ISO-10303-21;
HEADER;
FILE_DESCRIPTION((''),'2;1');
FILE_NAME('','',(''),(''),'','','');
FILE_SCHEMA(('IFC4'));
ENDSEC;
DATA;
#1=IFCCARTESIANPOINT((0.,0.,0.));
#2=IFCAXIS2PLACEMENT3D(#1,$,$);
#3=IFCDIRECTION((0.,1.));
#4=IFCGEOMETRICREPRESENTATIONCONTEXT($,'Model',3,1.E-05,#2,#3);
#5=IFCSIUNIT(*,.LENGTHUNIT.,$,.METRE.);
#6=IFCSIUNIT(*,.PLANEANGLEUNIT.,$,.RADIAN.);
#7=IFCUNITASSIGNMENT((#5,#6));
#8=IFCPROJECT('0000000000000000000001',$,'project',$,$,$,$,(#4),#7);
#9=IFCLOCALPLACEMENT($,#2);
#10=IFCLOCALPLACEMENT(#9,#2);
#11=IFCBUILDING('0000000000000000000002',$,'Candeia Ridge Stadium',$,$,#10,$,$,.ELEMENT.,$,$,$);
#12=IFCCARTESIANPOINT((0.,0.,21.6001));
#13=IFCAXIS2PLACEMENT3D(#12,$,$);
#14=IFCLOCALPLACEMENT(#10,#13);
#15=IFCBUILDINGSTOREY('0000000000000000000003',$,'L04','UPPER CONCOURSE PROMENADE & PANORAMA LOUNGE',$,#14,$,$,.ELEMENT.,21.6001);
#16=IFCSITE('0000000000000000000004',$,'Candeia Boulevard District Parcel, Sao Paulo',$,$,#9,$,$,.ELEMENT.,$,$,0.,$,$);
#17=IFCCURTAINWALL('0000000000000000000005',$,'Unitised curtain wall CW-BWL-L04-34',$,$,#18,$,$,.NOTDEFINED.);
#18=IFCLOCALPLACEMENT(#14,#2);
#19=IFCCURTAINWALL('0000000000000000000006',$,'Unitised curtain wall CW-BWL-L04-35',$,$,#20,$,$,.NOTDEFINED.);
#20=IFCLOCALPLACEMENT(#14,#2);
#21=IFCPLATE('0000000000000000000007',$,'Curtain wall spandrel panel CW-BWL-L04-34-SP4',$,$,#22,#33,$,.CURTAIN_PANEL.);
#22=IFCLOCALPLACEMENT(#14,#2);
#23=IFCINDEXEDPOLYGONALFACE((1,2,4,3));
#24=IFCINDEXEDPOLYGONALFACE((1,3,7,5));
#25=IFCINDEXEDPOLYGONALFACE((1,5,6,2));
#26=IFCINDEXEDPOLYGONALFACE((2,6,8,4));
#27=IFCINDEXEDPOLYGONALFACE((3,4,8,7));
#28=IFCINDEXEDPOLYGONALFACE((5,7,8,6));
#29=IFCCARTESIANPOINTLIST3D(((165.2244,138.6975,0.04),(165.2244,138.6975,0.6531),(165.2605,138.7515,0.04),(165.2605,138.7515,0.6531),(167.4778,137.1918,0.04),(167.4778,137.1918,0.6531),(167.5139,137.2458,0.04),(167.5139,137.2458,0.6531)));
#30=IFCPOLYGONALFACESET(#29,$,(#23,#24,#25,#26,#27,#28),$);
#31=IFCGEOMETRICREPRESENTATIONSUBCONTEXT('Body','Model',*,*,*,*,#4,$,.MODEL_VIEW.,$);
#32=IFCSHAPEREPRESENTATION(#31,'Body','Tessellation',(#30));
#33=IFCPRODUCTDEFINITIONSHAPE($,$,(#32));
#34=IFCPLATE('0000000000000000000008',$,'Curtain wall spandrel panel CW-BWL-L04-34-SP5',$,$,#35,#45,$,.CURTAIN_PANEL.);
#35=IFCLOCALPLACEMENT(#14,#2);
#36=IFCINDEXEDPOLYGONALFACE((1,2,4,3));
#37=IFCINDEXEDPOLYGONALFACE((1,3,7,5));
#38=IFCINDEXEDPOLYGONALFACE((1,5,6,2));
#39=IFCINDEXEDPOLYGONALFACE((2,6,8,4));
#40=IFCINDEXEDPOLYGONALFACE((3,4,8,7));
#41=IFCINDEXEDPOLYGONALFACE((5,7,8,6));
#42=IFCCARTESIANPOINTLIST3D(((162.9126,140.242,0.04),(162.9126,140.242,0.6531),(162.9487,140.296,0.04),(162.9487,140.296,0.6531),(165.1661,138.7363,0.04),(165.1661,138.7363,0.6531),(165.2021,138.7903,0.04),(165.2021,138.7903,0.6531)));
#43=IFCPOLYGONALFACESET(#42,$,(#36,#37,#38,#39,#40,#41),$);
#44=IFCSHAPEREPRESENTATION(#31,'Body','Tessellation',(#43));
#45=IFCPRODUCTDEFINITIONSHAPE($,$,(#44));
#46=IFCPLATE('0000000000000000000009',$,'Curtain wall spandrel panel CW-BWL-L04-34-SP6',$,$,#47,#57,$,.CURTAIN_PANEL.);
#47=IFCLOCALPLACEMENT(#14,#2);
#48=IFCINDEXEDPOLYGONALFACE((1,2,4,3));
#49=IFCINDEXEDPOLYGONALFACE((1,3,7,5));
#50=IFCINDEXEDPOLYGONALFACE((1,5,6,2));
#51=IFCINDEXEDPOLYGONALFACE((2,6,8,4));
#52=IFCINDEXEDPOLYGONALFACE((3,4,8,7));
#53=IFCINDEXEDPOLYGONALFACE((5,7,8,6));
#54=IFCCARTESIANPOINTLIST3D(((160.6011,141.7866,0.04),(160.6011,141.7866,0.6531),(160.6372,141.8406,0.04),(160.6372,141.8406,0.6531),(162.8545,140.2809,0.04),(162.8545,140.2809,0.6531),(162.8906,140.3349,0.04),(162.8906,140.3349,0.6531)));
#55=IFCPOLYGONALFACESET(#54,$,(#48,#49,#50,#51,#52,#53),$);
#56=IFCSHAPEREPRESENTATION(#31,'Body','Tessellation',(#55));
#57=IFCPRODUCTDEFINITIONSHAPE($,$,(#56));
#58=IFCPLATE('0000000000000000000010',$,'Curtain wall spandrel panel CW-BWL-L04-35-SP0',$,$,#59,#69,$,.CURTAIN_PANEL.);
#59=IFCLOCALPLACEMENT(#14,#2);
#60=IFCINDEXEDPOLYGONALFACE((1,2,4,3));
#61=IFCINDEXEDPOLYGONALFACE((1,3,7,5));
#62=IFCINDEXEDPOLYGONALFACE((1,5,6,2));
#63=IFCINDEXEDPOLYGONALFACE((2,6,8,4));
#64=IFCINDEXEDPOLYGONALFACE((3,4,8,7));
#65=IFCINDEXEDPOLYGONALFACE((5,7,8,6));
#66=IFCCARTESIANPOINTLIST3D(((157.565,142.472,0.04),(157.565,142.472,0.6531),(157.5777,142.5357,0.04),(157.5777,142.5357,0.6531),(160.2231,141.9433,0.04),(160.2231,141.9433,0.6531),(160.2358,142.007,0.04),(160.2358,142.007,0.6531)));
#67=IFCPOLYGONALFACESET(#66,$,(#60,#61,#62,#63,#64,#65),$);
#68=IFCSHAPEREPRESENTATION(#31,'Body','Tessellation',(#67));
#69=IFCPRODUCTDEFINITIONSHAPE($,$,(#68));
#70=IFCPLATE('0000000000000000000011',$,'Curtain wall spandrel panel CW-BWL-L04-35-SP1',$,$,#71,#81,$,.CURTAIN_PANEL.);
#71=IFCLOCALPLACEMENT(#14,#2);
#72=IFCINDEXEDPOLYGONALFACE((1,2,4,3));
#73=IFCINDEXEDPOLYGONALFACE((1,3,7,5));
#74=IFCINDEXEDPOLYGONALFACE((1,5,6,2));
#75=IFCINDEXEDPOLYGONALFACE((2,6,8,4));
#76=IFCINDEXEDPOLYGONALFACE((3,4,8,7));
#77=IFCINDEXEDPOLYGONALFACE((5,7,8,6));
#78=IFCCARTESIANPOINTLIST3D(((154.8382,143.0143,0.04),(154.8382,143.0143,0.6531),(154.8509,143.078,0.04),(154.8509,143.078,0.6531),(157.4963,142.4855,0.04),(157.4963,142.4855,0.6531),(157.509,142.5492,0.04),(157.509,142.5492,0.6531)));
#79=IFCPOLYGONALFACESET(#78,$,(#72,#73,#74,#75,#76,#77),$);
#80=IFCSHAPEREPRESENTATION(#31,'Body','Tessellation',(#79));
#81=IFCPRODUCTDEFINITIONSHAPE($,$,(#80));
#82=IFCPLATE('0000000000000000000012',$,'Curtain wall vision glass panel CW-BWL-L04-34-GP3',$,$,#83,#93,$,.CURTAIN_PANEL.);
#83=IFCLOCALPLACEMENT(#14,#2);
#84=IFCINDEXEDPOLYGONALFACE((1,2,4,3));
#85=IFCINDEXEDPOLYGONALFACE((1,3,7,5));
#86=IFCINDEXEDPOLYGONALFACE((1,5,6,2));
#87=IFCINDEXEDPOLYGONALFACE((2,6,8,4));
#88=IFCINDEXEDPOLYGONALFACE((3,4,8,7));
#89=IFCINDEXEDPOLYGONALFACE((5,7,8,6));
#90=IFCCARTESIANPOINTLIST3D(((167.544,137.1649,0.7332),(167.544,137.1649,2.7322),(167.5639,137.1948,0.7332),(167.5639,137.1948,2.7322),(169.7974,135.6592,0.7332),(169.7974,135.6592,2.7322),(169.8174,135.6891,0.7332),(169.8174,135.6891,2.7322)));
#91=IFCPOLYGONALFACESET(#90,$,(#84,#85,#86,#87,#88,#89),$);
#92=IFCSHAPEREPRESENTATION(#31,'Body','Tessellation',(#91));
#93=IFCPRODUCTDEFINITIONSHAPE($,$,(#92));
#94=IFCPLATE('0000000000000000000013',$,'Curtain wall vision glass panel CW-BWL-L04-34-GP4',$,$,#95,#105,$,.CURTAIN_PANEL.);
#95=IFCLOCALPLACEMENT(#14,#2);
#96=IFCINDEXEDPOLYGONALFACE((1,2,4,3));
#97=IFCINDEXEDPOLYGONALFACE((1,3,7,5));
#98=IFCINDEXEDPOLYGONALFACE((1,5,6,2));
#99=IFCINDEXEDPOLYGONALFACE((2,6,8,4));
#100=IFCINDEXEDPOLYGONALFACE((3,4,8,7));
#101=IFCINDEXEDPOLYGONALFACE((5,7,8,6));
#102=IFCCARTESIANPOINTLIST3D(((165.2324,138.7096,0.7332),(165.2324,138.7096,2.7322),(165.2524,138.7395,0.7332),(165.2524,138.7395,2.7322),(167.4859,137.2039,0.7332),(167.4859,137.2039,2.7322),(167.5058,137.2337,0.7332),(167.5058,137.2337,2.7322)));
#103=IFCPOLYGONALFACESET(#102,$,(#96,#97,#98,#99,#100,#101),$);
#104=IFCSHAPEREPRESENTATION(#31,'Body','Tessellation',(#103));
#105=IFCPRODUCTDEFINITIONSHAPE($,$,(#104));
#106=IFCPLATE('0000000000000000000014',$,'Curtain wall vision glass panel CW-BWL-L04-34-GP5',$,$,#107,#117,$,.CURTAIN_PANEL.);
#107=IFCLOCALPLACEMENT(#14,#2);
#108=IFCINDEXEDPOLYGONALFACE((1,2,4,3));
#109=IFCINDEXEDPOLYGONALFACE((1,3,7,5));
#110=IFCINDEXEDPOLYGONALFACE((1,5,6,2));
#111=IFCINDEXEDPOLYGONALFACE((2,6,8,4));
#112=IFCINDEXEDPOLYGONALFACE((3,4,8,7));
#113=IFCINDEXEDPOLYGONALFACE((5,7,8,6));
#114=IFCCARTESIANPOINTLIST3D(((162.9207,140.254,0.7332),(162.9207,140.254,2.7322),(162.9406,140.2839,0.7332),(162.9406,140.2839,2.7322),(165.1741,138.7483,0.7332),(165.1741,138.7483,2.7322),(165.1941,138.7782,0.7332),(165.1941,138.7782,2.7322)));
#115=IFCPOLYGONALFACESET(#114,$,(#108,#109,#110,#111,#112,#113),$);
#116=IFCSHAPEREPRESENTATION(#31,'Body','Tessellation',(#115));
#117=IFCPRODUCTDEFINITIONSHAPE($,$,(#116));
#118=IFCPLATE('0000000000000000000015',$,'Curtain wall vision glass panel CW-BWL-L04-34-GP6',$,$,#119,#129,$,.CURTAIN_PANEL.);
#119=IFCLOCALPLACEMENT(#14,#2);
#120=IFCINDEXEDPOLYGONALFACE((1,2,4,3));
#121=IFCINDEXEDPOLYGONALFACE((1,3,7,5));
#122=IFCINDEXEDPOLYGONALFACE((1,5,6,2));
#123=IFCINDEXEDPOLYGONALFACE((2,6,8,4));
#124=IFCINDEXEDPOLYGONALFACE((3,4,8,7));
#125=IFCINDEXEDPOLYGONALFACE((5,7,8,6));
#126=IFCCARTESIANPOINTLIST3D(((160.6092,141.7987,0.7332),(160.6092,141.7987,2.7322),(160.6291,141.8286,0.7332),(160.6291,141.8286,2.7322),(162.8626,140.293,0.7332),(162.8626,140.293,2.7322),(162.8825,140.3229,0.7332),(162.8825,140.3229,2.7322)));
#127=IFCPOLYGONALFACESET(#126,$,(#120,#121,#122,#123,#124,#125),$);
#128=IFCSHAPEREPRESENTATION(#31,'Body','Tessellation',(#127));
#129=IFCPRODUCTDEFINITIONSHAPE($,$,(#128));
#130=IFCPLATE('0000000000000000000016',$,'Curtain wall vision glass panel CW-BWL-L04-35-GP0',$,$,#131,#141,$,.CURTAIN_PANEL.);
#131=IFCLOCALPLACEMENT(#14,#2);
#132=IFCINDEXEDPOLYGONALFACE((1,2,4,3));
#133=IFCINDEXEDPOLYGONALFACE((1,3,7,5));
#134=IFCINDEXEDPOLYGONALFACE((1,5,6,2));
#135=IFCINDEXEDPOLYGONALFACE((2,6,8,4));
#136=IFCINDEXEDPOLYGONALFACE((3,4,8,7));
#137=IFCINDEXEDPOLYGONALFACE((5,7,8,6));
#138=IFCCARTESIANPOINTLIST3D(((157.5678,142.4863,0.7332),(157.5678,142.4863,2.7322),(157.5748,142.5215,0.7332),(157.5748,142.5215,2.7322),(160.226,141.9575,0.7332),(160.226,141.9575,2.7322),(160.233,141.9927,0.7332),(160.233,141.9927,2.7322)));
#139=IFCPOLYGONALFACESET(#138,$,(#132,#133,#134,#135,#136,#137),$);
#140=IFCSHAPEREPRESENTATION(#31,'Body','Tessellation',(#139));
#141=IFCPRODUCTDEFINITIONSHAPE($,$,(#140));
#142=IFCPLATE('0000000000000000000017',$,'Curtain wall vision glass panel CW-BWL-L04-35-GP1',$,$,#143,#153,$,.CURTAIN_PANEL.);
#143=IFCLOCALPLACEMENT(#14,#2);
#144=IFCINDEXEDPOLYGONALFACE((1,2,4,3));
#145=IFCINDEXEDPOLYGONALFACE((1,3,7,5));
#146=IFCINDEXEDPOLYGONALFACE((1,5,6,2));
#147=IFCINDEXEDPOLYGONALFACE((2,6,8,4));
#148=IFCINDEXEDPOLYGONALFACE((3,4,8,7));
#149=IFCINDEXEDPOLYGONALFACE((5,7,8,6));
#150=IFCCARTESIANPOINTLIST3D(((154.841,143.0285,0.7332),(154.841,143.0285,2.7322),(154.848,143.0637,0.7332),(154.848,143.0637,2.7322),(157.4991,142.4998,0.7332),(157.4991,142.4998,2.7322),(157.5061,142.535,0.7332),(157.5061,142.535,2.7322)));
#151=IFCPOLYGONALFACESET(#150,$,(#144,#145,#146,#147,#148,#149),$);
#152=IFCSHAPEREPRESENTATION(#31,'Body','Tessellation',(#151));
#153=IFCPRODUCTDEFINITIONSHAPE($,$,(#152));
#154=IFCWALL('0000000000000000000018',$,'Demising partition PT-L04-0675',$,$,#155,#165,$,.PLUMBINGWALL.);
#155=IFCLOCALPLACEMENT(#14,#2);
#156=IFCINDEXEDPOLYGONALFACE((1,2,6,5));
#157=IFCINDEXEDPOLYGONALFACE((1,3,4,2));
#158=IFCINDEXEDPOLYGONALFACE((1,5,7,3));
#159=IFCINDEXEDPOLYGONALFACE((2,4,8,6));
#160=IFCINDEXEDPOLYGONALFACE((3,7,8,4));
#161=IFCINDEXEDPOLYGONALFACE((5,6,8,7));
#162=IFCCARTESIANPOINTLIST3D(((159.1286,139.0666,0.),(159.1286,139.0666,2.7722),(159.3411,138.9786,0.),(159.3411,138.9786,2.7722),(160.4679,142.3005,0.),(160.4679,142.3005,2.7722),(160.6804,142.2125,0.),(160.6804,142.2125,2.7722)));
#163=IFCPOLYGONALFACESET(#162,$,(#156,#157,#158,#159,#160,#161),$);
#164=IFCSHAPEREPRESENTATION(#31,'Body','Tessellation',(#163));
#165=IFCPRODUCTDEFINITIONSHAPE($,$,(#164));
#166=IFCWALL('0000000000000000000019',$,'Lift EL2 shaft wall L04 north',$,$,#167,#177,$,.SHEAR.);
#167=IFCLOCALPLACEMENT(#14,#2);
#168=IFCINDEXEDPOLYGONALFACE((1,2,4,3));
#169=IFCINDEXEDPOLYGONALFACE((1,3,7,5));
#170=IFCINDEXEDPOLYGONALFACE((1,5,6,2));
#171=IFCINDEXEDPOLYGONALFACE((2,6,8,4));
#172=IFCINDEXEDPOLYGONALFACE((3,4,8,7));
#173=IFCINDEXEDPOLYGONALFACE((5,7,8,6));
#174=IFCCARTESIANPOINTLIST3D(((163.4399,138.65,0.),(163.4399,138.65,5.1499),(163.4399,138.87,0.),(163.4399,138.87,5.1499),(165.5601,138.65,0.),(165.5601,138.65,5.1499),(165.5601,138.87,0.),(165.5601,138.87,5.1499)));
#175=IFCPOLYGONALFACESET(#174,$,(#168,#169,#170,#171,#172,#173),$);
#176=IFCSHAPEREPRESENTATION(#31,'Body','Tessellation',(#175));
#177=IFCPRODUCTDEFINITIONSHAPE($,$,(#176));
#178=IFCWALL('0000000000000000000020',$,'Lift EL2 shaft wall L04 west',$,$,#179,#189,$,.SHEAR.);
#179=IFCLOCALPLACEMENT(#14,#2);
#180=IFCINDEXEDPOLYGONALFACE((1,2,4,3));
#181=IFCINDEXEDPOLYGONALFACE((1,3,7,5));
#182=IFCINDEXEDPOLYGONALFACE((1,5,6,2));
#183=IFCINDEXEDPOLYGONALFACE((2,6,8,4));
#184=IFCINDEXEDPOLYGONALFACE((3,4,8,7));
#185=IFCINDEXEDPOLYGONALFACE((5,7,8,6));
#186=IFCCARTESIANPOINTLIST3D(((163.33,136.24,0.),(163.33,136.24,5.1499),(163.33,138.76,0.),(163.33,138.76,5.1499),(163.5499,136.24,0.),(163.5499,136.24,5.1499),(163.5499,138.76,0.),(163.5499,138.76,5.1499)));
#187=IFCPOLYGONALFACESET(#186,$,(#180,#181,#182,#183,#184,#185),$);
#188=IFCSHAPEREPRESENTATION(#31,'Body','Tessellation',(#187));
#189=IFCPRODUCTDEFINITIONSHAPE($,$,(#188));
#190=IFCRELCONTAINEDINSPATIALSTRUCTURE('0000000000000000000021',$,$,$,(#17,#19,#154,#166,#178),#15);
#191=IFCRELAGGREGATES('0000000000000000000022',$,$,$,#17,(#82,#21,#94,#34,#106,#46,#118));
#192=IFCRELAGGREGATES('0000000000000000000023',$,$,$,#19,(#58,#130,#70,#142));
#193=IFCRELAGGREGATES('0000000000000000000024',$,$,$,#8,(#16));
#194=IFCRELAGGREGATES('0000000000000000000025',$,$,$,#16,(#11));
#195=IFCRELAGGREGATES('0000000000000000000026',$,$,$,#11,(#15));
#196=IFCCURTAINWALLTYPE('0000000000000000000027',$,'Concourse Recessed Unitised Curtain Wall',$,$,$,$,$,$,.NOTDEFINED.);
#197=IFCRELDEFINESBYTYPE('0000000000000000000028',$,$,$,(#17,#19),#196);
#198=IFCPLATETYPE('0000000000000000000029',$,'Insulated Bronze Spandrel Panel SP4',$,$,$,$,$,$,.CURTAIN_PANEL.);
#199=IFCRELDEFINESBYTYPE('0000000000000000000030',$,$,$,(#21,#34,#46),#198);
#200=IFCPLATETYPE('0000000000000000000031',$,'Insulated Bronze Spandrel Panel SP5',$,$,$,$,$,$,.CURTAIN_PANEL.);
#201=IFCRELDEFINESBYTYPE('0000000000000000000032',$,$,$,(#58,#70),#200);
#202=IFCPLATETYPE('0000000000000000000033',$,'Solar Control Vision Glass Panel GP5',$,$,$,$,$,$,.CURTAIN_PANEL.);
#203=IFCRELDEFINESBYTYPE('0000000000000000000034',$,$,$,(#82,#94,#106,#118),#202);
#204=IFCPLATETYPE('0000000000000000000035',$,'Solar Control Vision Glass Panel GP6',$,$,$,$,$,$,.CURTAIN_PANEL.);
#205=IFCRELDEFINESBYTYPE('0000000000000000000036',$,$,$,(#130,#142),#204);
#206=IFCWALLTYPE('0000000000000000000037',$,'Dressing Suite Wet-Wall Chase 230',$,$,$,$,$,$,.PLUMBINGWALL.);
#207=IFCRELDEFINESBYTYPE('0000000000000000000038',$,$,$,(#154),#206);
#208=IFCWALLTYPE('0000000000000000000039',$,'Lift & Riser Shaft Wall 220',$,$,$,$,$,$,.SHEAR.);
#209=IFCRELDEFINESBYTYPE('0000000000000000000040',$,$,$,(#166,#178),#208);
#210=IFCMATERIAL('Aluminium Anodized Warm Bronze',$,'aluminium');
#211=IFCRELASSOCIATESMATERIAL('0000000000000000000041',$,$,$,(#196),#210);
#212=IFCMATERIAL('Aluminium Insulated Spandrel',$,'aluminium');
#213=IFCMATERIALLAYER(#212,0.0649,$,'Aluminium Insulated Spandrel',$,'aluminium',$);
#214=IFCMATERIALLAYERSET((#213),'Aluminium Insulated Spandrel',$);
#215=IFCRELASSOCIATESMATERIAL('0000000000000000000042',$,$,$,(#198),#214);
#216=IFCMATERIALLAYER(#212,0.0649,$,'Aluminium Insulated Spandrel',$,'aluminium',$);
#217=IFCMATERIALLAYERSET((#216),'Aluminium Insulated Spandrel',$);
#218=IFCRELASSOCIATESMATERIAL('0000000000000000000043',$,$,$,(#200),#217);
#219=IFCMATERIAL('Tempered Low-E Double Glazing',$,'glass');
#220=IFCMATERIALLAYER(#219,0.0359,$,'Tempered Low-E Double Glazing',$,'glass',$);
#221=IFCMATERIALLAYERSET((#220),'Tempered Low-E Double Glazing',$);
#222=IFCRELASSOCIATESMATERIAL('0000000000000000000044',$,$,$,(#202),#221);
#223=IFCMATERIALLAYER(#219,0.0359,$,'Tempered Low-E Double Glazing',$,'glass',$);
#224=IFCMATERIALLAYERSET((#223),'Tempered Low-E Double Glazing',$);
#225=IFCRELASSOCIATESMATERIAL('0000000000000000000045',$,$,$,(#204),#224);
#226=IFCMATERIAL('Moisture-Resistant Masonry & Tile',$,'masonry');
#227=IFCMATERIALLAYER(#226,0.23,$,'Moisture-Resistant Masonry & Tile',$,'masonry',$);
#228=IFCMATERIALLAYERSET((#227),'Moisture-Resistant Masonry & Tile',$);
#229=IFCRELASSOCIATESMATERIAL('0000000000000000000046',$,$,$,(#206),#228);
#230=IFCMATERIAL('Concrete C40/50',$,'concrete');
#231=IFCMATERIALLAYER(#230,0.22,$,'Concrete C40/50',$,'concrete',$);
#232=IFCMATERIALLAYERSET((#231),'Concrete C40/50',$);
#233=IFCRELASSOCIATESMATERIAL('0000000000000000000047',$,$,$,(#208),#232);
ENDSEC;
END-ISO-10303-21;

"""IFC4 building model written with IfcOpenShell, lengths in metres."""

from ifc_helpers import new_model, si_unit, direction, frame, frame_2d, origin, origin_2d, place, context, subcontext, project, spatial, rectangle, extrude, material, layer, layer_set, type_object, element, aggregate, save


model = new_model("IFC4")

# Units and contexts
model_context = context("Model", 3, precision=1e-05, world=origin(), true_north=direction((0.0, 1.0)))
body_context = subcontext(model_context, "Body", "Model", "MODEL_VIEW")
ifc_project = project(units=[si_unit("LENGTHUNIT", "METRE"), si_unit("PLANEANGLEUNIT", "RADIAN")], contexts=[model_context])

# Site, building, storey
site_placement = place(None, origin())
site = spatial("IfcSite", under=ifc_project, at=site_placement, Name="Candeia Boulevard District Parcel, Sao Paulo", CompositionType="ELEMENT", RefElevation=0.0)
building_placement = place(site_placement, origin())
building = spatial("IfcBuilding", under=site, at=building_placement, Name="Candeia Ridge Stadium", CompositionType="ELEMENT")
storey_placement = place(building_placement, frame((0.0, 0.0, 21.6001)))
storey = spatial("IfcBuildingStorey", under=building, at=storey_placement, Name="L04", Description="UPPER CONCOURSE PROMENADE & PANORAMA LOUNGE", CompositionType="ELEMENT", Elevation=21.6001)

# Curtain walls
ifc_material_1 = material(Name="Aluminium Anodized Warm Bronze", Category="aluminium")
curtain_wall_type = type_object("IfcCurtainWallType", Name="Concourse Recessed Unitised Curtain Wall", PredefinedType="NOTDEFINED", material=ifc_material_1)
curtain_wall_1_placement = place(storey_placement, origin())
curtain_wall_1 = element("IfcCurtainWall", 1, at=curtain_wall_1_placement, inside=storey, type_object=curtain_wall_type, Name="Unitised curtain wall CW-BWL-L04-34", PredefinedType="NOTDEFINED")
curtain_wall_2_placement = place(storey_placement, origin())
curtain_wall_2 = element("IfcCurtainWall", 2, at=curtain_wall_2_placement, inside=storey, type_object=curtain_wall_type, Name="Unitised curtain wall CW-BWL-L04-35", PredefinedType="NOTDEFINED")

# Shared definitions
ifc_material_2 = material(Name="Concrete C40/50", Category="concrete")

# Plates
ifc_material_3 = material(Name="Aluminium Insulated Spandrel", Category="aluminium")
ifc_layer_1 = layer(ifc_material_3, 0.0649, Name="Aluminium Insulated Spandrel", Category="aluminium")
ifc_layer_set_1 = layer_set([ifc_layer_1], Name="Aluminium Insulated Spandrel")
plate_type_1 = type_object("IfcPlateType", Name="Insulated Bronze Spandrel Panel SP4", PredefinedType="CURTAIN_PANEL", material=ifc_layer_set_1)
plate_1_placement = place(storey_placement, frame((166.3691, 137.9717, 0.04), z_axis=(0.0, 0.0, 1.0), x_axis=(-0.831469, 0.555571, 0.0)))
plate_1 = element("IfcPlate", 3, at=plate_1_placement, type_object=plate_type_1, Name="Curtain wall spandrel panel CW-BWL-L04-34-SP4", PredefinedType="CURTAIN_PANEL", context=body_context, shape_type="SweptSolid", body=[
    extrude(rectangle(XDim=2.7102, YDim=0.0649, at=origin_2d()), origin(), (0.0, 0.0, 1.0), 0.613),
])
plate_2_placement = place(storey_placement, frame((164.0574, 139.5161, 0.04), z_axis=(0.0, 0.0, 1.0), x_axis=(-0.831469, 0.555571, 0.0)))
plate_2 = element("IfcPlate", 4, at=plate_2_placement, type_object=plate_type_1, Name="Curtain wall spandrel panel CW-BWL-L04-34-SP5", PredefinedType="CURTAIN_PANEL", context=body_context, shape_type="SweptSolid", body=[
    extrude(rectangle(XDim=2.7102, YDim=0.0649, at=origin_2d()), origin(), (0.0, 0.0, 1.0), 0.613),
])
plate_3_placement = place(storey_placement, frame((161.7458, 141.0608, 0.04), z_axis=(0.0, 0.0, 1.0), x_axis=(-0.831469, 0.555571, 0.0)))
plate_3 = element("IfcPlate", 5, at=plate_3_placement, type_object=plate_type_1, Name="Curtain wall spandrel panel CW-BWL-L04-34-SP6", PredefinedType="CURTAIN_PANEL", context=body_context, shape_type="SweptSolid", body=[
    extrude(rectangle(XDim=2.7102, YDim=0.0649, at=origin_2d()), origin(), (0.0, 0.0, 1.0), 0.613),
])
ifc_layer_2 = layer(ifc_material_3, 0.0649, Name="Aluminium Insulated Spandrel", Category="aluminium")
ifc_layer_set_2 = layer_set([ifc_layer_2], Name="Aluminium Insulated Spandrel")
plate_type_2 = type_object("IfcPlateType", Name="Insulated Bronze Spandrel Panel SP5", PredefinedType="CURTAIN_PANEL", material=ifc_layer_set_2)
plate_4_placement = place(storey_placement, frame((158.9004, 142.2395, 0.04), z_axis=(0.0, 0.0, 1.0), x_axis=(-0.980785, 0.19509, 0.0)))
plate_4 = element("IfcPlate", 6, at=plate_4_placement, type_object=plate_type_2, Name="Curtain wall spandrel panel CW-BWL-L04-35-SP0", PredefinedType="CURTAIN_PANEL", context=body_context, shape_type="SweptSolid", body=[
    extrude(rectangle(XDim=2.7102, YDim=0.0649, at=origin_2d()), origin(), (0.0, 0.0, 1.0), 0.613),
])
plate_5_placement = place(storey_placement, frame((156.1736, 142.7817, 0.04), z_axis=(0.0, 0.0, 1.0), x_axis=(-0.980785, 0.19509, 0.0)))
plate_5 = element("IfcPlate", 7, at=plate_5_placement, type_object=plate_type_2, Name="Curtain wall spandrel panel CW-BWL-L04-35-SP1", PredefinedType="CURTAIN_PANEL", context=body_context, shape_type="SweptSolid", body=[
    extrude(rectangle(XDim=2.7102, YDim=0.0649, at=origin_2d()), origin(), (0.0, 0.0, 1.0), 0.613),
])
ifc_material_4 = material(Name="Tempered Low-E Double Glazing", Category="glass")
ifc_layer_3 = layer(ifc_material_4, 0.0359, Name="Tempered Low-E Double Glazing", Category="glass")
ifc_layer_set_3 = layer_set([ifc_layer_3], Name="Tempered Low-E Double Glazing")
plate_type_3 = type_object("IfcPlateType", Name="Solar Control Vision Glass Panel GP5", PredefinedType="CURTAIN_PANEL", material=ifc_layer_set_3)
plate_6_placement = place(storey_placement, frame((168.6807, 136.427, 0.7332), z_axis=(0.0, 0.0, 1.0), x_axis=(-0.831469, 0.555571, 0.0)))
plate_6 = element("IfcPlate", 8, at=plate_6_placement, type_object=plate_type_3, Name="Curtain wall vision glass panel CW-BWL-L04-34-GP3", PredefinedType="CURTAIN_PANEL", context=body_context, shape_type="SweptSolid", body=[
    extrude(rectangle(XDim=2.7102, YDim=0.0359, at=origin_2d()), origin(), (0.0, 0.0, 1.0), 1.999),
])
plate_7_placement = place(storey_placement, frame((166.3691, 137.9717, 0.7332), z_axis=(0.0, 0.0, 1.0), x_axis=(-0.831469, 0.555571, 0.0)))
plate_7 = element("IfcPlate", 9, at=plate_7_placement, type_object=plate_type_3, Name="Curtain wall vision glass panel CW-BWL-L04-34-GP4", PredefinedType="CURTAIN_PANEL", context=body_context, shape_type="SweptSolid", body=[
    extrude(rectangle(XDim=2.7102, YDim=0.0359, at=origin_2d()), origin(), (0.0, 0.0, 1.0), 1.999),
])
plate_8_placement = place(storey_placement, frame((164.0574, 139.5161, 0.7332), z_axis=(0.0, 0.0, 1.0), x_axis=(-0.831469, 0.555571, 0.0)))
plate_8 = element("IfcPlate", 10, at=plate_8_placement, type_object=plate_type_3, Name="Curtain wall vision glass panel CW-BWL-L04-34-GP5", PredefinedType="CURTAIN_PANEL", context=body_context, shape_type="SweptSolid", body=[
    extrude(rectangle(XDim=2.7102, YDim=0.0359, at=origin_2d()), origin(), (0.0, 0.0, 1.0), 1.999),
])
plate_9_placement = place(storey_placement, frame((161.7458, 141.0608, 0.7332), z_axis=(0.0, 0.0, 1.0), x_axis=(-0.831469, 0.555571, 0.0)))
plate_9 = element("IfcPlate", 11, at=plate_9_placement, type_object=plate_type_3, Name="Curtain wall vision glass panel CW-BWL-L04-34-GP6", PredefinedType="CURTAIN_PANEL", context=body_context, shape_type="SweptSolid", body=[
    extrude(rectangle(XDim=2.7102, YDim=0.0359, at=origin_2d()), origin(), (0.0, 0.0, 1.0), 1.999),
])
aggregate(curtain_wall_1, [plate_6, plate_1, plate_7, plate_2, plate_8, plate_3, plate_9])
ifc_layer_4 = layer(ifc_material_4, 0.0359, Name="Tempered Low-E Double Glazing", Category="glass")
ifc_layer_set_4 = layer_set([ifc_layer_4], Name="Tempered Low-E Double Glazing")
plate_type_4 = type_object("IfcPlateType", Name="Solar Control Vision Glass Panel GP6", PredefinedType="CURTAIN_PANEL", material=ifc_layer_set_4)
plate_10_placement = place(storey_placement, frame((158.9004, 142.2395, 0.7332), z_axis=(0.0, 0.0, 1.0), x_axis=(-0.980785, 0.19509, 0.0)))
plate_10 = element("IfcPlate", 12, at=plate_10_placement, type_object=plate_type_4, Name="Curtain wall vision glass panel CW-BWL-L04-35-GP0", PredefinedType="CURTAIN_PANEL", context=body_context, shape_type="SweptSolid", body=[
    extrude(rectangle(XDim=2.7102, YDim=0.0359, at=origin_2d()), origin(), (0.0, 0.0, 1.0), 1.999),
])
plate_11_placement = place(storey_placement, frame((156.1736, 142.7817, 0.7332), z_axis=(0.0, 0.0, 1.0), x_axis=(-0.980785, 0.19509, 0.0)))
plate_11 = element("IfcPlate", 13, at=plate_11_placement, type_object=plate_type_4, Name="Curtain wall vision glass panel CW-BWL-L04-35-GP1", PredefinedType="CURTAIN_PANEL", context=body_context, shape_type="SweptSolid", body=[
    extrude(rectangle(XDim=2.7102, YDim=0.0359, at=origin_2d()), origin(), (0.0, 0.0, 1.0), 1.999),
])
aggregate(curtain_wall_2, [plate_4, plate_10, plate_5, plate_11])

# Walls
ifc_material_5 = material(Name="Moisture-Resistant Masonry & Tile", Category="masonry")
ifc_layer_5 = layer(ifc_material_5, 0.23, Name="Moisture-Resistant Masonry & Tile", Category="masonry")
ifc_layer_set_5 = layer_set([ifc_layer_5], Name="Moisture-Resistant Masonry & Tile")
wall_type_1 = type_object("IfcWallType", Name="Dressing Suite Wet-Wall Chase 230", PredefinedType="PLUMBINGWALL", material=ifc_layer_set_5)
wall_1_placement = place(storey_placement, frame((159.2349, 139.0227, 0.0), z_axis=(0.0, 0.0, 1.0), x_axis=(0.382643, 0.923896, 0.0)))
element("IfcWall", 14, at=wall_1_placement, inside=storey, type_object=wall_type_1, Name="Demising partition PT-L04-0675", PredefinedType="PLUMBINGWALL", context=body_context, shape_type="SweptSolid", body=[
    extrude(rectangle(XDim=3.5002, YDim=0.23, at=frame_2d((1.75, 0.0))), origin(), (0.0, 0.0, 1.0), 2.7722),
])
ifc_layer_6 = layer(ifc_material_2, 0.22, Name="Concrete C40/50", Category="concrete")
ifc_layer_set_6 = layer_set([ifc_layer_6], Name="Concrete C40/50")
wall_type_2 = type_object("IfcWallType", Name="Lift & Riser Shaft Wall 220", PredefinedType="SHEAR", material=ifc_layer_set_6)
wall_2_placement = place(storey_placement, frame((165.5601, 138.76, 0.0), z_axis=(0.0, 0.0, 1.0), x_axis=(-1.0, 0.0, 0.0)))
element("IfcWall", 15, at=wall_2_placement, inside=storey, type_object=wall_type_2, Name="Lift EL2 shaft wall L04 north", PredefinedType="SHEAR", context=body_context, shape_type="SweptSolid", body=[
    extrude(rectangle(XDim=2.1201, YDim=0.22, at=frame_2d((1.0601, 0.0))), origin(), (0.0, 0.0, 1.0), 5.1499),
])
wall_3_placement = place(storey_placement, frame((163.4399, 138.76, 0.0), z_axis=(0.0, 0.0, 1.0), x_axis=(0.0, -1.0, 0.0)))
element("IfcWall", 16, at=wall_3_placement, inside=storey, type_object=wall_type_2, Name="Lift EL2 shaft wall L04 west", PredefinedType="SHEAR", context=body_context, shape_type="SweptSolid", body=[
    extrude(rectangle(XDim=2.52, YDim=0.22, at=frame_2d((1.26, 0.0))), origin(), (0.0, 0.0, 1.0), 5.1499),
])

save(model, "model.ifc")
